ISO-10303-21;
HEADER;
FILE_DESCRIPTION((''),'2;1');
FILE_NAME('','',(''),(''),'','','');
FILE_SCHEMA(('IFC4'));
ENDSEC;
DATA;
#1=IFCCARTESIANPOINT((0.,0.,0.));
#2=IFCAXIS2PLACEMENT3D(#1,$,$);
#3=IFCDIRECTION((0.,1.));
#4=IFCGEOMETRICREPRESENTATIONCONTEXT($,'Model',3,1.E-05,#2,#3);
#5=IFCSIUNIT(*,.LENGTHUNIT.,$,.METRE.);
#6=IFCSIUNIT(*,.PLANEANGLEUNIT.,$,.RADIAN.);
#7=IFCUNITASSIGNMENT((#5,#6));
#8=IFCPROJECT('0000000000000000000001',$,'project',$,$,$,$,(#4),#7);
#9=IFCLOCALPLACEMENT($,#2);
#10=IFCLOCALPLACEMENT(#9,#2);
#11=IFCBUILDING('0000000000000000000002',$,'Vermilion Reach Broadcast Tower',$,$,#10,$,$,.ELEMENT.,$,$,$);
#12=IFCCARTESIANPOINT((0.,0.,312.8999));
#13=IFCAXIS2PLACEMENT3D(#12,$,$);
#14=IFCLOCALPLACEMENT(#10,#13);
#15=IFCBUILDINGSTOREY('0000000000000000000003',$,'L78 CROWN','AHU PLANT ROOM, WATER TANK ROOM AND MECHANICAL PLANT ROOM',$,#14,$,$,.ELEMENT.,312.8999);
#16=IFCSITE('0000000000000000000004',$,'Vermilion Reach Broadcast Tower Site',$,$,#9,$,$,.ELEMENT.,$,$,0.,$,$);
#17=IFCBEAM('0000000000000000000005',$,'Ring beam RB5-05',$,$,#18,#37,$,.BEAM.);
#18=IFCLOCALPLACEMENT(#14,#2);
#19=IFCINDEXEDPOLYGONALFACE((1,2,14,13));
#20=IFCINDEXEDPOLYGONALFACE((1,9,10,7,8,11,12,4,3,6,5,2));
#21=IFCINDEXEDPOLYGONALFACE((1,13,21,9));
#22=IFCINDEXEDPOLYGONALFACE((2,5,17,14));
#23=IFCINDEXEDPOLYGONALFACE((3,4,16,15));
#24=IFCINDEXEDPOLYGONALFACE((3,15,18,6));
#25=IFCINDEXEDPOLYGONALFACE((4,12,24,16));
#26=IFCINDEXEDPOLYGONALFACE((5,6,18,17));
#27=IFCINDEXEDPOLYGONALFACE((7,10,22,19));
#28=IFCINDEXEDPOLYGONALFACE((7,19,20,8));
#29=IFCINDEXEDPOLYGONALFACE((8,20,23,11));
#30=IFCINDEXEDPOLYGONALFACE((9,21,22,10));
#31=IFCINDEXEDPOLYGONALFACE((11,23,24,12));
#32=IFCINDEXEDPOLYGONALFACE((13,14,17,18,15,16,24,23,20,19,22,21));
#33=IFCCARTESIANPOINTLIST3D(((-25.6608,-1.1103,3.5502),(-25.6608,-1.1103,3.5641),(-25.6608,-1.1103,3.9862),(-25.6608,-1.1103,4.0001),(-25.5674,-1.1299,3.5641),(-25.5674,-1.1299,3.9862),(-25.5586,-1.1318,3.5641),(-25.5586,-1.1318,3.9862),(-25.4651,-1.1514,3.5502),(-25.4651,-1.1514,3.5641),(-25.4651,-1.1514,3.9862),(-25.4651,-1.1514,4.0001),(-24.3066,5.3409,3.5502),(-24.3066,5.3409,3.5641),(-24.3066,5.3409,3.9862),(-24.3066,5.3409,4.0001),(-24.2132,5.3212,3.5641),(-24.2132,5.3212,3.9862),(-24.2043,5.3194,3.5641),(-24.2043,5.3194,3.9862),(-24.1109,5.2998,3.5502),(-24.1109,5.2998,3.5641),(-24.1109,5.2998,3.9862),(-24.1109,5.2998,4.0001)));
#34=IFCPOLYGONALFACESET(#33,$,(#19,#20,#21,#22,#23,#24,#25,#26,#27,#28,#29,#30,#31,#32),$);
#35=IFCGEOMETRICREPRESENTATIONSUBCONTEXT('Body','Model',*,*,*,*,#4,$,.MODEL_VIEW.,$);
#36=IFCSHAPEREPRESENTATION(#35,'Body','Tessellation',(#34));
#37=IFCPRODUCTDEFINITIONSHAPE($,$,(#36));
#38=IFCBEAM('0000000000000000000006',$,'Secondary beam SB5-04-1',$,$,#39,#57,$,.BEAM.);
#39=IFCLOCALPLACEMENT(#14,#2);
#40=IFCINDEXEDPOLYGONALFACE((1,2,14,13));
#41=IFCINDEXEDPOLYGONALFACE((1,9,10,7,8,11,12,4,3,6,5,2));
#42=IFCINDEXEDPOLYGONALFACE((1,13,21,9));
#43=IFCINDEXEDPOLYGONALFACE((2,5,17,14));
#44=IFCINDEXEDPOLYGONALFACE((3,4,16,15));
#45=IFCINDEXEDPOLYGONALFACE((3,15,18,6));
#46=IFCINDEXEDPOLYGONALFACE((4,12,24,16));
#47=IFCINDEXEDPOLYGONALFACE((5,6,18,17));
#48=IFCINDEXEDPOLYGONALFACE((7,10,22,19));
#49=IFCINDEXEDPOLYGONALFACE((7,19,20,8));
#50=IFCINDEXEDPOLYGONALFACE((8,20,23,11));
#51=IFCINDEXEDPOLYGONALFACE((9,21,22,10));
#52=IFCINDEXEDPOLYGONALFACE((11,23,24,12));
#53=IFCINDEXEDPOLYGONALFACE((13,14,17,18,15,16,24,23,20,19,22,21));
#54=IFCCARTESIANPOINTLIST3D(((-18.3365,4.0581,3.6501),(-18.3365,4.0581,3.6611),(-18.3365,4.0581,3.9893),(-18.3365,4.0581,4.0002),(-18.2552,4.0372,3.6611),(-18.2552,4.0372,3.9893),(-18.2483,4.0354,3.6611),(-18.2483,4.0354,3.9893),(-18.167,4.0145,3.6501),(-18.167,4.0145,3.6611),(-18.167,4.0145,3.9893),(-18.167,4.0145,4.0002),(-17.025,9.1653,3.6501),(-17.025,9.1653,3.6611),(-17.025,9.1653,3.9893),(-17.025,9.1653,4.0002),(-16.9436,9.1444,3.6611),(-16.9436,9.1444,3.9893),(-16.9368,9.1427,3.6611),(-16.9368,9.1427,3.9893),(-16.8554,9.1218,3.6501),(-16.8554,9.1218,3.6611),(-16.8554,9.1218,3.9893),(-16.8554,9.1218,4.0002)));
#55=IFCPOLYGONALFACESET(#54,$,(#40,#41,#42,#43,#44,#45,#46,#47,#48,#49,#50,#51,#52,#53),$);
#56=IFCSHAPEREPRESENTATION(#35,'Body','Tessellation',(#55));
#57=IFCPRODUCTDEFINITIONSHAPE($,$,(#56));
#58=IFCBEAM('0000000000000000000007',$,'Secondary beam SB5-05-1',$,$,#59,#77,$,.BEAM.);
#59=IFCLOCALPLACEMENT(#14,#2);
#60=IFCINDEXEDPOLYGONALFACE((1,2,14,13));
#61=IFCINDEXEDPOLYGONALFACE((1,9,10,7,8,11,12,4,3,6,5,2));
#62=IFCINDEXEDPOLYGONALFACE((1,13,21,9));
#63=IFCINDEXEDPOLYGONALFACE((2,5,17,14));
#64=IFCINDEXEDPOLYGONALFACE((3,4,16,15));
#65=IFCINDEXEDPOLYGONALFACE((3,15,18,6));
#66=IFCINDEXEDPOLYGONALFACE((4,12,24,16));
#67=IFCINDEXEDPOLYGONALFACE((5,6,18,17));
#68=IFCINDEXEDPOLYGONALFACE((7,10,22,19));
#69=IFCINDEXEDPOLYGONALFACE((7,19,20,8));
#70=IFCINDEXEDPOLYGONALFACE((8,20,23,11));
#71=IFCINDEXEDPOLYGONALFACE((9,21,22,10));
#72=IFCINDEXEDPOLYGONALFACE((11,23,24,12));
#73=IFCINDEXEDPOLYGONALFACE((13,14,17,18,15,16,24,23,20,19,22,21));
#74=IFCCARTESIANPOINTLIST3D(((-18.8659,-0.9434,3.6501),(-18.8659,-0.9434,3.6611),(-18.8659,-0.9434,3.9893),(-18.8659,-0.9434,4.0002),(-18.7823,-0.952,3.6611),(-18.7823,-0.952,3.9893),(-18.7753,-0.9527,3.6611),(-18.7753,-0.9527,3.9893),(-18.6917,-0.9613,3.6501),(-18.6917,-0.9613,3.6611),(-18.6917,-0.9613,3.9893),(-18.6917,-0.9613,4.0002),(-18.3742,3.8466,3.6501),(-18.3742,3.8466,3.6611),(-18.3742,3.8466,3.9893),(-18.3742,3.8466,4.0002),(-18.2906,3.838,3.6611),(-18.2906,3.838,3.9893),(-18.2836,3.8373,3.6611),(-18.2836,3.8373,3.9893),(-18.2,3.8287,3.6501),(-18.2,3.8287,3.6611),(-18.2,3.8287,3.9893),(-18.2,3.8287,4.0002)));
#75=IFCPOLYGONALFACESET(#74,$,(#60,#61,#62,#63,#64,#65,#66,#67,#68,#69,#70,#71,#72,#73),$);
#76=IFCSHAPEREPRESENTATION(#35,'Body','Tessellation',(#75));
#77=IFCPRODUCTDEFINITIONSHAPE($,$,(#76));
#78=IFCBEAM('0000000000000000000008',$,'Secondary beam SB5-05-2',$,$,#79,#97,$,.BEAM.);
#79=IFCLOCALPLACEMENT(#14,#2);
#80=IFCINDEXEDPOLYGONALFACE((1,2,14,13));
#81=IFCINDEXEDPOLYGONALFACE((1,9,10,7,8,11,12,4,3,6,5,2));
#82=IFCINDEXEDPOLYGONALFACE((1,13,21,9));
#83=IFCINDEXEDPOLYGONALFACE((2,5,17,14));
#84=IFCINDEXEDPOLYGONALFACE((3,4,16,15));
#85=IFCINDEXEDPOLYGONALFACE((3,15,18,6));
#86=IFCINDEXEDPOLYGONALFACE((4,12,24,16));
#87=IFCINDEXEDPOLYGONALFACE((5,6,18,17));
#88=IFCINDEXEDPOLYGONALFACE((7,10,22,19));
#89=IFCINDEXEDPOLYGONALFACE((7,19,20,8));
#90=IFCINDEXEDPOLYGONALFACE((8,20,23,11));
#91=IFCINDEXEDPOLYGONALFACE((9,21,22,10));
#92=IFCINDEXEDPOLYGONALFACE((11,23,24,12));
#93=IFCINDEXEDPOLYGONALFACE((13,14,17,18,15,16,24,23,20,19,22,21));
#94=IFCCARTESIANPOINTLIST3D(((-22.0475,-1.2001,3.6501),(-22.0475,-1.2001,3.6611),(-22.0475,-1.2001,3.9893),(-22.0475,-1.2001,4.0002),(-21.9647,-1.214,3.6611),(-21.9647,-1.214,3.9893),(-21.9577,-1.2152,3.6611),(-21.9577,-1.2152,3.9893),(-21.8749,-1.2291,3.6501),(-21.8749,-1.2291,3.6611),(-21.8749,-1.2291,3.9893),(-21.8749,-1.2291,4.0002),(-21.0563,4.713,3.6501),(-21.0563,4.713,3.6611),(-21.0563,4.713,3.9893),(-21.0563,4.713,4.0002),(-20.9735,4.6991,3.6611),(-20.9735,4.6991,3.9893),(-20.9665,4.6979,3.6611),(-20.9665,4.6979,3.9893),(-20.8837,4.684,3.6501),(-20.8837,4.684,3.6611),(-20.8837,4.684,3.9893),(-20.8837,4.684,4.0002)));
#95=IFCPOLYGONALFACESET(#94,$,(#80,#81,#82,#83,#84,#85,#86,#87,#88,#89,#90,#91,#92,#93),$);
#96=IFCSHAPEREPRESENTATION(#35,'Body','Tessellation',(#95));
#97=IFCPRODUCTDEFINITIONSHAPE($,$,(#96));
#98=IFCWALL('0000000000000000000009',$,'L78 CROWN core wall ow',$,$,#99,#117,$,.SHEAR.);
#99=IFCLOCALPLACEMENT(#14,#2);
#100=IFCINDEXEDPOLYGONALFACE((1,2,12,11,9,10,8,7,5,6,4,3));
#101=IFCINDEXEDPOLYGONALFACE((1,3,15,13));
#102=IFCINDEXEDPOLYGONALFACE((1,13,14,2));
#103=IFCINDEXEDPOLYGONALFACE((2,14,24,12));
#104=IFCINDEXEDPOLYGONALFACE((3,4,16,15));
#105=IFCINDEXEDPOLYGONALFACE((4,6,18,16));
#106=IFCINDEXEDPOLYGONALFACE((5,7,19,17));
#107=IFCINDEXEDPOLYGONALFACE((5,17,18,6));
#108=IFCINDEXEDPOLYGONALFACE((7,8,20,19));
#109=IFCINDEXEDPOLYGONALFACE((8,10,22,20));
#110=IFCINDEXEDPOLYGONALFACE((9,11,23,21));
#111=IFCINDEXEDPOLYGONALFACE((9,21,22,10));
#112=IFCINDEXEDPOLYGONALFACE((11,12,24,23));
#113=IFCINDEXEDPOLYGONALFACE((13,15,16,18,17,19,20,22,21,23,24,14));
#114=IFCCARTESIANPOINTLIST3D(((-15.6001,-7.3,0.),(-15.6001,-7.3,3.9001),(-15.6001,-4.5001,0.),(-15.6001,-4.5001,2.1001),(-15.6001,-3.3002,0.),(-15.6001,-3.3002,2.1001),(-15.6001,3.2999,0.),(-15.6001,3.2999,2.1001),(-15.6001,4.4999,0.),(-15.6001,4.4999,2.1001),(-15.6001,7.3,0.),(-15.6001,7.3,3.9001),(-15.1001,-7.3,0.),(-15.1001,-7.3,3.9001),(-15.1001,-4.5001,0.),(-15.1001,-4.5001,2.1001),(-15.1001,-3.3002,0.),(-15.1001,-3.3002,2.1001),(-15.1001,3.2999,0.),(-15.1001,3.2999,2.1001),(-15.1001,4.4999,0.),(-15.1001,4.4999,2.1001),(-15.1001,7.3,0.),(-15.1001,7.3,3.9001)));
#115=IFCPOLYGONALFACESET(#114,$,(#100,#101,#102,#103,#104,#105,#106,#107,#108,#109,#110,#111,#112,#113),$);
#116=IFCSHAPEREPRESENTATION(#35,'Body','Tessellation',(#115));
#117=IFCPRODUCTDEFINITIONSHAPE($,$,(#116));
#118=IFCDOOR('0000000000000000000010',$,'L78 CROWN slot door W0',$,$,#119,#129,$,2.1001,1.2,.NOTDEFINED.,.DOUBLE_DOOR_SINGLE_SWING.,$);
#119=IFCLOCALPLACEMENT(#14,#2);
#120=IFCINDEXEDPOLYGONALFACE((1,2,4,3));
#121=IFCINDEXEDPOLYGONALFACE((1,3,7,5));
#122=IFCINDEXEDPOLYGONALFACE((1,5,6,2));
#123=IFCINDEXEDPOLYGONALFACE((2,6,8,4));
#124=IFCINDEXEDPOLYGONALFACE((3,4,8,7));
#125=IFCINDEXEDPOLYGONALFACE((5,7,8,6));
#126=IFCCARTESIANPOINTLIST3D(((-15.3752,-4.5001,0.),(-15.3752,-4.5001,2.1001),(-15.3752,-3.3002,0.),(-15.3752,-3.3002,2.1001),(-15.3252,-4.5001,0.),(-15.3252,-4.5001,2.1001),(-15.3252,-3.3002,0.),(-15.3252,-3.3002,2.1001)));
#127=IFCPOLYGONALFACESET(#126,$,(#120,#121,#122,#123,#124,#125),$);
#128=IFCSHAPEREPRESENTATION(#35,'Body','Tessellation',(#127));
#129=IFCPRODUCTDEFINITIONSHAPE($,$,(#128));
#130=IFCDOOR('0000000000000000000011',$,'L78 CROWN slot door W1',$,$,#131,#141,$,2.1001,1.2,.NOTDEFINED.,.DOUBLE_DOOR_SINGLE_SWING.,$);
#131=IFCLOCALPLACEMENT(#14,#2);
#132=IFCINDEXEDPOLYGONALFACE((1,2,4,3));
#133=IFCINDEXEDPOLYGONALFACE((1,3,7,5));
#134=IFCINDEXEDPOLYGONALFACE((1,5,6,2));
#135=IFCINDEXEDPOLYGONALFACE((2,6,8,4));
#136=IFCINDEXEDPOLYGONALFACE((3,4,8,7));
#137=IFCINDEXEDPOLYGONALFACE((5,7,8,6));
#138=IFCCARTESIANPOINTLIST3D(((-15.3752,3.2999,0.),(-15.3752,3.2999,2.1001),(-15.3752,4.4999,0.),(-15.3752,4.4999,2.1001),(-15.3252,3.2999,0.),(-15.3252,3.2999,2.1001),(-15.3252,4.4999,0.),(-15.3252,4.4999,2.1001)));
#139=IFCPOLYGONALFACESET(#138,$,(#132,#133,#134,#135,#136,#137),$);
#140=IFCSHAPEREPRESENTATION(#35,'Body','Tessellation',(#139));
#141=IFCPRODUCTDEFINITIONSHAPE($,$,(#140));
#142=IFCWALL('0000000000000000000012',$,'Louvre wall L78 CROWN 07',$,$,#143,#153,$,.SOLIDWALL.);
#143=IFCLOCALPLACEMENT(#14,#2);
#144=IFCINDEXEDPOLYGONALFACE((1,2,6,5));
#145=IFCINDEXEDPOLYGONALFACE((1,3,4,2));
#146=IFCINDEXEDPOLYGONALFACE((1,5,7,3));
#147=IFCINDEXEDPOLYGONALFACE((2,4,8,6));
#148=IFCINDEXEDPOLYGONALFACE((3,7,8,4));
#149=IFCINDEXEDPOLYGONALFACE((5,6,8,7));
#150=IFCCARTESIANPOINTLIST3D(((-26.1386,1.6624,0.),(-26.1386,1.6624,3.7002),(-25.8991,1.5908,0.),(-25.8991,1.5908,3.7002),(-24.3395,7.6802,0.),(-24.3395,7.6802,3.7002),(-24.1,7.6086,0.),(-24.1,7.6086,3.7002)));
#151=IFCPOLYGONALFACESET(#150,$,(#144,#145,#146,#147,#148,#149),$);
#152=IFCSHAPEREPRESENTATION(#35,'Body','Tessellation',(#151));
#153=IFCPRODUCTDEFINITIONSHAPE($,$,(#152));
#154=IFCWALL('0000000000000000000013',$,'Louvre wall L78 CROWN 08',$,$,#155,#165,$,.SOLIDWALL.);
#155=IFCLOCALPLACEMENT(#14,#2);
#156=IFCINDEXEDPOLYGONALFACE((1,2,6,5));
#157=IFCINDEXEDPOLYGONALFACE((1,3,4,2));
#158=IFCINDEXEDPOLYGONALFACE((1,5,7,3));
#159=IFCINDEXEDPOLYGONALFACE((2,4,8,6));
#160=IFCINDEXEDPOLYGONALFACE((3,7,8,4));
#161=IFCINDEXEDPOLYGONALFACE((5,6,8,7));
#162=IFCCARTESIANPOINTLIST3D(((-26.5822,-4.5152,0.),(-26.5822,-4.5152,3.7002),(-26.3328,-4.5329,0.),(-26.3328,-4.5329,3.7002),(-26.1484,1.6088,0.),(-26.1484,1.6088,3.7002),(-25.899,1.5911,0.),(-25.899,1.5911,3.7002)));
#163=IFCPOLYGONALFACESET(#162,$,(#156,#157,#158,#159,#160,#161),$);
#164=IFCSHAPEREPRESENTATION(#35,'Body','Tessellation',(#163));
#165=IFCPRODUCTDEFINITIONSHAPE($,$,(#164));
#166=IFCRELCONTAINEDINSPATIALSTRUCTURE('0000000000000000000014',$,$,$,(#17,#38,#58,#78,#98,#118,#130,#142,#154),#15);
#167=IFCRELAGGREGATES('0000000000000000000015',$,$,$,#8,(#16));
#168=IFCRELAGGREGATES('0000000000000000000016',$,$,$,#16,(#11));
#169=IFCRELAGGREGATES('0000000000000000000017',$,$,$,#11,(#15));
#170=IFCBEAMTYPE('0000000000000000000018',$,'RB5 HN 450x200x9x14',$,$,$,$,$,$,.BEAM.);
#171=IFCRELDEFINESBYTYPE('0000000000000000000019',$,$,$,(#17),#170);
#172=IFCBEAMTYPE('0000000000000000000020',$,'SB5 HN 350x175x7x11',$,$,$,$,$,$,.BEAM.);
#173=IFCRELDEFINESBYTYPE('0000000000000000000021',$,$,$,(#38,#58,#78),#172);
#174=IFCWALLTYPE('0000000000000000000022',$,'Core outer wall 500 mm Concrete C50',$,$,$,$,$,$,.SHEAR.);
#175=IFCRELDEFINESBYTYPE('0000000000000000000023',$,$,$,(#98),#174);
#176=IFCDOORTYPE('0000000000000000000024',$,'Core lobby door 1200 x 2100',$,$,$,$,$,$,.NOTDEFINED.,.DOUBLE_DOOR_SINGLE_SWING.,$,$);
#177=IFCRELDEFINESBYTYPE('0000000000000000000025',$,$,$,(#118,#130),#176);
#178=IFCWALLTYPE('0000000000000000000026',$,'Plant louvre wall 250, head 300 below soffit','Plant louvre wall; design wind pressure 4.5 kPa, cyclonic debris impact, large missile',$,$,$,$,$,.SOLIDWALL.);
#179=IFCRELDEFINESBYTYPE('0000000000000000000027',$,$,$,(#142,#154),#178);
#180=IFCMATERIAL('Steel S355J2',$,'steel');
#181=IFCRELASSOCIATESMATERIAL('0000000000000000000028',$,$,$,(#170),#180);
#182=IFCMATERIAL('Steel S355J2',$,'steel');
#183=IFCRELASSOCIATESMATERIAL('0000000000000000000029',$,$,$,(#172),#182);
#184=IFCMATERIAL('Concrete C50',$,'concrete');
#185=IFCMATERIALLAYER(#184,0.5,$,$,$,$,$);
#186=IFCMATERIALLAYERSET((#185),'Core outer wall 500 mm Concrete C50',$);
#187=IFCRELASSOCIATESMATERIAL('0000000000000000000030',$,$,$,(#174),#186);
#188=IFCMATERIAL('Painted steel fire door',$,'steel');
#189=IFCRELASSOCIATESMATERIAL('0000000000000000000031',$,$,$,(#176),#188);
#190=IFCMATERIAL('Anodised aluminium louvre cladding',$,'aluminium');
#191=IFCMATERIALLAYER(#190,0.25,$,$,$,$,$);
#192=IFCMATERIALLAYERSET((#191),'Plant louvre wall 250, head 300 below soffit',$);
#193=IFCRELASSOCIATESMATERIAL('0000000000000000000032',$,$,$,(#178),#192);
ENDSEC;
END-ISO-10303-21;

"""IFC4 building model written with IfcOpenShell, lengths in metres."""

from ifc_helpers import new_model, si_unit, direction, frame, frame_2d, origin, origin_2d, place, context, subcontext, project, spatial, rectangle, i_section, extrude, material, layer, layer_set, material_profile, profile_set, type_object, element, fill, save


model = new_model("IFC4")

# Units and contexts
model_context = context("Model", 3, precision=1e-05, world=origin(), true_north=direction((0.0, 1.0)))
body_context = subcontext(model_context, "Body", "Model", "MODEL_VIEW")
ifc_project = project(units=[si_unit("LENGTHUNIT", "METRE"), si_unit("PLANEANGLEUNIT", "RADIAN")], contexts=[model_context])

# Site, building, storey
site_placement = place(None, origin())
site = spatial("IfcSite", under=ifc_project, at=site_placement, Name="Vermilion Reach Broadcast Tower Site", CompositionType="ELEMENT", RefElevation=0.0)
building_placement = place(site_placement, origin())
building = spatial("IfcBuilding", under=site, at=building_placement, Name="Vermilion Reach Broadcast Tower", CompositionType="ELEMENT")
storey_placement = place(building_placement, frame((0.0, 0.0, 312.8999)))
storey = spatial("IfcBuildingStorey", under=building, at=storey_placement, Name="L78 CROWN", Description="AHU PLANT ROOM, WATER TANK ROOM AND MECHANICAL PLANT ROOM", CompositionType="ELEMENT", Elevation=312.8999)

# Beams
ifc_material_1 = material(Name="Steel S355J2", Category="steel")
ifc_material_profile_1 = material_profile(ifc_material_1, i_section(OverallWidth=0.2, OverallDepth=0.45, WebThickness=0.009, FlangeThickness=0.0139, at=origin_2d()), Name="S355J2 HN 450x200x9x14")
ifc_profile_set_1 = profile_set([ifc_material_profile_1], Name="Steel S355J2")
beam_type_1 = type_object("IfcBeamType", Name="RB5 HN 450x200x9x14", PredefinedType="BEAM", material=ifc_profile_set_1)
beam_1_placement = place(storey_placement, frame((-24.2087, 5.3203, 3.7751), z_axis=(-0.205445, -0.978669, 0.0), x_axis=(0.978669, -0.205445, 0.0)))
element("IfcBeam", 1, at=beam_1_placement, inside=storey, type_object=beam_type_1, Name="Ring beam RB5-05", PredefinedType="BEAM", context=body_context, shape_type="SweptSolid", body=[
    extrude(i_section(OverallWidth=0.2, OverallDepth=0.45, WebThickness=0.009, FlangeThickness=0.0139, at=origin_2d()), origin(), (0.0, 0.0, 1.0), 6.5918),
])
ifc_material_2 = material(Name="Steel S355J2", Category="steel")
ifc_material_profile_2 = material_profile(ifc_material_2, i_section(OverallWidth=0.175, OverallDepth=0.3501, WebThickness=0.0071, FlangeThickness=0.011, at=origin_2d()), Name="S355J2 HN 350x175x7x11")
ifc_profile_set_2 = profile_set([ifc_material_profile_2], Name="Steel S355J2")
beam_type_2 = type_object("IfcBeamType", Name="SB5 HN 350x175x7x11", PredefinedType="BEAM", material=ifc_profile_set_2)
beam_2_placement = place(storey_placement, frame((-16.9402, 9.1436, 3.8252), z_axis=(-0.24873, -0.968573, 0.0), x_axis=(0.968573, -0.24873, 0.0)))
element("IfcBeam", 2, at=beam_2_placement, inside=storey, type_object=beam_type_2, Name="Secondary beam SB5-04-1", PredefinedType="BEAM", context=body_context, shape_type="SweptSolid", body=[
    extrude(i_section(OverallWidth=0.175, OverallDepth=0.3501, WebThickness=0.0071, FlangeThickness=0.011, at=origin_2d()), origin(), (0.0, 0.0, 1.0), 5.2729),
])
beam_3_placement = place(storey_placement, frame((-18.2871, 3.8376, 3.8252), z_axis=(-0.102114, -0.994773, 0.0), x_axis=(0.994773, -0.102114, 0.0)))
element("IfcBeam", 3, at=beam_3_placement, inside=storey, type_object=beam_type_2, Name="Secondary beam SB5-05-1", PredefinedType="BEAM", context=body_context, shape_type="SweptSolid", body=[
    extrude(i_section(OverallWidth=0.175, OverallDepth=0.3501, WebThickness=0.0071, FlangeThickness=0.011, at=origin_2d()), origin(), (0.0, 0.0, 1.0), 4.8152),
])
beam_4_placement = place(storey_placement, frame((-20.97, 4.6985, 3.8252), z_axis=(-0.165323, -0.986239, 0.0), x_axis=(0.986239, -0.165323, 0.0)))
element("IfcBeam", 4, at=beam_4_placement, inside=storey, type_object=beam_type_2, Name="Secondary beam SB5-05-2", PredefinedType="BEAM", context=body_context, shape_type="SweptSolid", body=[
    extrude(i_section(OverallWidth=0.175, OverallDepth=0.3501, WebThickness=0.0071, FlangeThickness=0.011, at=origin_2d()), origin(), (0.0, 0.0, 1.0), 5.9956),
])

# Wall, openings, doors
ifc_material_3 = material(Name="Concrete C50", Category="concrete")
ifc_layer_1 = layer(ifc_material_3, 0.5)
ifc_layer_set_1 = layer_set([ifc_layer_1], Name="Core outer wall 500 mm Concrete C50")
wall_type_1 = type_object("IfcWallType", Name="Core outer wall 500 mm Concrete C50", PredefinedType="SHEAR", material=ifc_layer_set_1)
wall_1_placement = place(storey_placement, frame((-15.3501, 7.3, 0.0), z_axis=(0.0, 0.0, 1.0), x_axis=(0.0, -1.0, 0.0)))
wall_1 = element("IfcWall", 5, at=wall_1_placement, inside=storey, type_object=wall_type_1, Name="L78 CROWN core wall ow", PredefinedType="SHEAR", context=body_context, shape_type="SweptSolid", body=[
    extrude(rectangle(XDim=14.6001, YDim=0.5, at=frame_2d((7.3, 0.0))), origin(), (0.0, 0.0, 1.0), 3.9001),
])
opening_1_placement = place(wall_1_placement, frame((10.6001, 0.0, 0.0)))
opening_1 = element("IfcOpeningElement", 6, at=opening_1_placement, cuts=wall_1, PredefinedType="OPENING", context=body_context, shape_type="SweptSolid", body=[
    extrude(rectangle(XDim=1.2, YDim=2.1001, at=frame_2d((0.6001, 1.05))), frame((0.0, 0.26, 0.0), z_axis=(0.0, -1.0, 0.0), x_axis=(1.0, 0.0, 0.0)), (0.0, 0.0, 1.0), 0.52),
])
opening_2_placement = place(wall_1_placement, frame((2.8, 0.0, 0.0)))
opening_2 = element("IfcOpeningElement", 7, at=opening_2_placement, cuts=wall_1, PredefinedType="OPENING", context=body_context, shape_type="SweptSolid", body=[
    extrude(rectangle(XDim=1.2, YDim=2.1001, at=frame_2d((0.6001, 1.05))), frame((0.0, 0.26, 0.0), z_axis=(0.0, -1.0, 0.0), x_axis=(1.0, 0.0, 0.0)), (0.0, 0.0, 1.0), 0.52),
])
ifc_material_4 = material(Name="Painted steel fire door", Category="steel")
door_type = type_object("IfcDoorType", Name="Core lobby door 1200 x 2100", OperationType="DOUBLE_DOOR_SINGLE_SWING", PredefinedType="NOTDEFINED", material=ifc_material_4)
door_1_placement = place(opening_1_placement, origin())
door_1 = element("IfcDoor", 8, at=door_1_placement, inside=storey, type_object=door_type, Name="L78 CROWN slot door W0", OperationType="DOUBLE_DOOR_SINGLE_SWING", OverallHeight=2.1001, OverallWidth=1.2, PredefinedType="NOTDEFINED", context=body_context, shape_type="SweptSolid", body=[
    extrude(rectangle(XDim=1.2, YDim=2.1001, at=frame_2d((0.6001, 1.05))), frame((0.0, 0.0249, 0.0), z_axis=(0.0, -1.0, 0.0), x_axis=(1.0, 0.0, 0.0)), (0.0, 0.0, 1.0), 0.05),
])
fill(opening_1, door_1)
door_2_placement = place(opening_2_placement, origin())
door_2 = element("IfcDoor", 9, at=door_2_placement, inside=storey, type_object=door_type, Name="L78 CROWN slot door W1", OperationType="DOUBLE_DOOR_SINGLE_SWING", OverallHeight=2.1001, OverallWidth=1.2, PredefinedType="NOTDEFINED", context=body_context, shape_type="SweptSolid", body=[
    extrude(rectangle(XDim=1.2, YDim=2.1001, at=frame_2d((0.6001, 1.05))), frame((0.0, 0.0249, 0.0), z_axis=(0.0, -1.0, 0.0), x_axis=(1.0, 0.0, 0.0)), (0.0, 0.0, 1.0), 0.05),
])
fill(opening_2, door_2)

# Walls
ifc_material_5 = material(Name="Anodised aluminium louvre cladding", Category="aluminium")
ifc_layer_2 = layer(ifc_material_5, 0.25)
ifc_layer_set_2 = layer_set([ifc_layer_2], Name="Plant louvre wall 250, head 300 below soffit")
wall_type_2 = type_object("IfcWallType", Name="Plant louvre wall 250, head 300 below soffit", Description="Plant louvre wall; design wind pressure 4.5 kPa, cyclonic debris impact, large missile", PredefinedType="SOLIDWALL", material=ifc_layer_set_2)
wall_2_placement = place(storey_placement, frame((-24.2197, 7.6445, 0.0), z_axis=(0.0, 0.0, 1.0), x_axis=(-0.286431, -0.958101, 0.0)))
element("IfcWall", 10, at=wall_2_placement, inside=storey, type_object=wall_type_2, Name="Louvre wall L78 CROWN 07", PredefinedType="SOLIDWALL", context=body_context, shape_type="SweptSolid", body=[
    extrude(rectangle(XDim=6.281, YDim=0.25, at=frame_2d((3.1406, 0.0))), origin(), (0.0, 0.0, 1.0), 3.7002),
])
wall_3_placement = place(storey_placement, frame((-26.0237, 1.6001, 0.0), z_axis=(0.0, 0.0, 1.0), x_axis=(-0.070665, -0.9975, 0.0)))
element("IfcWall", 11, at=wall_3_placement, inside=storey, type_object=wall_type_2, Name="Louvre wall L78 CROWN 08", PredefinedType="SOLIDWALL", context=body_context, shape_type="SweptSolid", body=[
    extrude(rectangle(XDim=6.1394, YDim=0.25, at=frame_2d((3.0698, 0.0))), origin(), (0.0, 0.0, 1.0), 3.7002),
])

save(model, "model.ifc")
